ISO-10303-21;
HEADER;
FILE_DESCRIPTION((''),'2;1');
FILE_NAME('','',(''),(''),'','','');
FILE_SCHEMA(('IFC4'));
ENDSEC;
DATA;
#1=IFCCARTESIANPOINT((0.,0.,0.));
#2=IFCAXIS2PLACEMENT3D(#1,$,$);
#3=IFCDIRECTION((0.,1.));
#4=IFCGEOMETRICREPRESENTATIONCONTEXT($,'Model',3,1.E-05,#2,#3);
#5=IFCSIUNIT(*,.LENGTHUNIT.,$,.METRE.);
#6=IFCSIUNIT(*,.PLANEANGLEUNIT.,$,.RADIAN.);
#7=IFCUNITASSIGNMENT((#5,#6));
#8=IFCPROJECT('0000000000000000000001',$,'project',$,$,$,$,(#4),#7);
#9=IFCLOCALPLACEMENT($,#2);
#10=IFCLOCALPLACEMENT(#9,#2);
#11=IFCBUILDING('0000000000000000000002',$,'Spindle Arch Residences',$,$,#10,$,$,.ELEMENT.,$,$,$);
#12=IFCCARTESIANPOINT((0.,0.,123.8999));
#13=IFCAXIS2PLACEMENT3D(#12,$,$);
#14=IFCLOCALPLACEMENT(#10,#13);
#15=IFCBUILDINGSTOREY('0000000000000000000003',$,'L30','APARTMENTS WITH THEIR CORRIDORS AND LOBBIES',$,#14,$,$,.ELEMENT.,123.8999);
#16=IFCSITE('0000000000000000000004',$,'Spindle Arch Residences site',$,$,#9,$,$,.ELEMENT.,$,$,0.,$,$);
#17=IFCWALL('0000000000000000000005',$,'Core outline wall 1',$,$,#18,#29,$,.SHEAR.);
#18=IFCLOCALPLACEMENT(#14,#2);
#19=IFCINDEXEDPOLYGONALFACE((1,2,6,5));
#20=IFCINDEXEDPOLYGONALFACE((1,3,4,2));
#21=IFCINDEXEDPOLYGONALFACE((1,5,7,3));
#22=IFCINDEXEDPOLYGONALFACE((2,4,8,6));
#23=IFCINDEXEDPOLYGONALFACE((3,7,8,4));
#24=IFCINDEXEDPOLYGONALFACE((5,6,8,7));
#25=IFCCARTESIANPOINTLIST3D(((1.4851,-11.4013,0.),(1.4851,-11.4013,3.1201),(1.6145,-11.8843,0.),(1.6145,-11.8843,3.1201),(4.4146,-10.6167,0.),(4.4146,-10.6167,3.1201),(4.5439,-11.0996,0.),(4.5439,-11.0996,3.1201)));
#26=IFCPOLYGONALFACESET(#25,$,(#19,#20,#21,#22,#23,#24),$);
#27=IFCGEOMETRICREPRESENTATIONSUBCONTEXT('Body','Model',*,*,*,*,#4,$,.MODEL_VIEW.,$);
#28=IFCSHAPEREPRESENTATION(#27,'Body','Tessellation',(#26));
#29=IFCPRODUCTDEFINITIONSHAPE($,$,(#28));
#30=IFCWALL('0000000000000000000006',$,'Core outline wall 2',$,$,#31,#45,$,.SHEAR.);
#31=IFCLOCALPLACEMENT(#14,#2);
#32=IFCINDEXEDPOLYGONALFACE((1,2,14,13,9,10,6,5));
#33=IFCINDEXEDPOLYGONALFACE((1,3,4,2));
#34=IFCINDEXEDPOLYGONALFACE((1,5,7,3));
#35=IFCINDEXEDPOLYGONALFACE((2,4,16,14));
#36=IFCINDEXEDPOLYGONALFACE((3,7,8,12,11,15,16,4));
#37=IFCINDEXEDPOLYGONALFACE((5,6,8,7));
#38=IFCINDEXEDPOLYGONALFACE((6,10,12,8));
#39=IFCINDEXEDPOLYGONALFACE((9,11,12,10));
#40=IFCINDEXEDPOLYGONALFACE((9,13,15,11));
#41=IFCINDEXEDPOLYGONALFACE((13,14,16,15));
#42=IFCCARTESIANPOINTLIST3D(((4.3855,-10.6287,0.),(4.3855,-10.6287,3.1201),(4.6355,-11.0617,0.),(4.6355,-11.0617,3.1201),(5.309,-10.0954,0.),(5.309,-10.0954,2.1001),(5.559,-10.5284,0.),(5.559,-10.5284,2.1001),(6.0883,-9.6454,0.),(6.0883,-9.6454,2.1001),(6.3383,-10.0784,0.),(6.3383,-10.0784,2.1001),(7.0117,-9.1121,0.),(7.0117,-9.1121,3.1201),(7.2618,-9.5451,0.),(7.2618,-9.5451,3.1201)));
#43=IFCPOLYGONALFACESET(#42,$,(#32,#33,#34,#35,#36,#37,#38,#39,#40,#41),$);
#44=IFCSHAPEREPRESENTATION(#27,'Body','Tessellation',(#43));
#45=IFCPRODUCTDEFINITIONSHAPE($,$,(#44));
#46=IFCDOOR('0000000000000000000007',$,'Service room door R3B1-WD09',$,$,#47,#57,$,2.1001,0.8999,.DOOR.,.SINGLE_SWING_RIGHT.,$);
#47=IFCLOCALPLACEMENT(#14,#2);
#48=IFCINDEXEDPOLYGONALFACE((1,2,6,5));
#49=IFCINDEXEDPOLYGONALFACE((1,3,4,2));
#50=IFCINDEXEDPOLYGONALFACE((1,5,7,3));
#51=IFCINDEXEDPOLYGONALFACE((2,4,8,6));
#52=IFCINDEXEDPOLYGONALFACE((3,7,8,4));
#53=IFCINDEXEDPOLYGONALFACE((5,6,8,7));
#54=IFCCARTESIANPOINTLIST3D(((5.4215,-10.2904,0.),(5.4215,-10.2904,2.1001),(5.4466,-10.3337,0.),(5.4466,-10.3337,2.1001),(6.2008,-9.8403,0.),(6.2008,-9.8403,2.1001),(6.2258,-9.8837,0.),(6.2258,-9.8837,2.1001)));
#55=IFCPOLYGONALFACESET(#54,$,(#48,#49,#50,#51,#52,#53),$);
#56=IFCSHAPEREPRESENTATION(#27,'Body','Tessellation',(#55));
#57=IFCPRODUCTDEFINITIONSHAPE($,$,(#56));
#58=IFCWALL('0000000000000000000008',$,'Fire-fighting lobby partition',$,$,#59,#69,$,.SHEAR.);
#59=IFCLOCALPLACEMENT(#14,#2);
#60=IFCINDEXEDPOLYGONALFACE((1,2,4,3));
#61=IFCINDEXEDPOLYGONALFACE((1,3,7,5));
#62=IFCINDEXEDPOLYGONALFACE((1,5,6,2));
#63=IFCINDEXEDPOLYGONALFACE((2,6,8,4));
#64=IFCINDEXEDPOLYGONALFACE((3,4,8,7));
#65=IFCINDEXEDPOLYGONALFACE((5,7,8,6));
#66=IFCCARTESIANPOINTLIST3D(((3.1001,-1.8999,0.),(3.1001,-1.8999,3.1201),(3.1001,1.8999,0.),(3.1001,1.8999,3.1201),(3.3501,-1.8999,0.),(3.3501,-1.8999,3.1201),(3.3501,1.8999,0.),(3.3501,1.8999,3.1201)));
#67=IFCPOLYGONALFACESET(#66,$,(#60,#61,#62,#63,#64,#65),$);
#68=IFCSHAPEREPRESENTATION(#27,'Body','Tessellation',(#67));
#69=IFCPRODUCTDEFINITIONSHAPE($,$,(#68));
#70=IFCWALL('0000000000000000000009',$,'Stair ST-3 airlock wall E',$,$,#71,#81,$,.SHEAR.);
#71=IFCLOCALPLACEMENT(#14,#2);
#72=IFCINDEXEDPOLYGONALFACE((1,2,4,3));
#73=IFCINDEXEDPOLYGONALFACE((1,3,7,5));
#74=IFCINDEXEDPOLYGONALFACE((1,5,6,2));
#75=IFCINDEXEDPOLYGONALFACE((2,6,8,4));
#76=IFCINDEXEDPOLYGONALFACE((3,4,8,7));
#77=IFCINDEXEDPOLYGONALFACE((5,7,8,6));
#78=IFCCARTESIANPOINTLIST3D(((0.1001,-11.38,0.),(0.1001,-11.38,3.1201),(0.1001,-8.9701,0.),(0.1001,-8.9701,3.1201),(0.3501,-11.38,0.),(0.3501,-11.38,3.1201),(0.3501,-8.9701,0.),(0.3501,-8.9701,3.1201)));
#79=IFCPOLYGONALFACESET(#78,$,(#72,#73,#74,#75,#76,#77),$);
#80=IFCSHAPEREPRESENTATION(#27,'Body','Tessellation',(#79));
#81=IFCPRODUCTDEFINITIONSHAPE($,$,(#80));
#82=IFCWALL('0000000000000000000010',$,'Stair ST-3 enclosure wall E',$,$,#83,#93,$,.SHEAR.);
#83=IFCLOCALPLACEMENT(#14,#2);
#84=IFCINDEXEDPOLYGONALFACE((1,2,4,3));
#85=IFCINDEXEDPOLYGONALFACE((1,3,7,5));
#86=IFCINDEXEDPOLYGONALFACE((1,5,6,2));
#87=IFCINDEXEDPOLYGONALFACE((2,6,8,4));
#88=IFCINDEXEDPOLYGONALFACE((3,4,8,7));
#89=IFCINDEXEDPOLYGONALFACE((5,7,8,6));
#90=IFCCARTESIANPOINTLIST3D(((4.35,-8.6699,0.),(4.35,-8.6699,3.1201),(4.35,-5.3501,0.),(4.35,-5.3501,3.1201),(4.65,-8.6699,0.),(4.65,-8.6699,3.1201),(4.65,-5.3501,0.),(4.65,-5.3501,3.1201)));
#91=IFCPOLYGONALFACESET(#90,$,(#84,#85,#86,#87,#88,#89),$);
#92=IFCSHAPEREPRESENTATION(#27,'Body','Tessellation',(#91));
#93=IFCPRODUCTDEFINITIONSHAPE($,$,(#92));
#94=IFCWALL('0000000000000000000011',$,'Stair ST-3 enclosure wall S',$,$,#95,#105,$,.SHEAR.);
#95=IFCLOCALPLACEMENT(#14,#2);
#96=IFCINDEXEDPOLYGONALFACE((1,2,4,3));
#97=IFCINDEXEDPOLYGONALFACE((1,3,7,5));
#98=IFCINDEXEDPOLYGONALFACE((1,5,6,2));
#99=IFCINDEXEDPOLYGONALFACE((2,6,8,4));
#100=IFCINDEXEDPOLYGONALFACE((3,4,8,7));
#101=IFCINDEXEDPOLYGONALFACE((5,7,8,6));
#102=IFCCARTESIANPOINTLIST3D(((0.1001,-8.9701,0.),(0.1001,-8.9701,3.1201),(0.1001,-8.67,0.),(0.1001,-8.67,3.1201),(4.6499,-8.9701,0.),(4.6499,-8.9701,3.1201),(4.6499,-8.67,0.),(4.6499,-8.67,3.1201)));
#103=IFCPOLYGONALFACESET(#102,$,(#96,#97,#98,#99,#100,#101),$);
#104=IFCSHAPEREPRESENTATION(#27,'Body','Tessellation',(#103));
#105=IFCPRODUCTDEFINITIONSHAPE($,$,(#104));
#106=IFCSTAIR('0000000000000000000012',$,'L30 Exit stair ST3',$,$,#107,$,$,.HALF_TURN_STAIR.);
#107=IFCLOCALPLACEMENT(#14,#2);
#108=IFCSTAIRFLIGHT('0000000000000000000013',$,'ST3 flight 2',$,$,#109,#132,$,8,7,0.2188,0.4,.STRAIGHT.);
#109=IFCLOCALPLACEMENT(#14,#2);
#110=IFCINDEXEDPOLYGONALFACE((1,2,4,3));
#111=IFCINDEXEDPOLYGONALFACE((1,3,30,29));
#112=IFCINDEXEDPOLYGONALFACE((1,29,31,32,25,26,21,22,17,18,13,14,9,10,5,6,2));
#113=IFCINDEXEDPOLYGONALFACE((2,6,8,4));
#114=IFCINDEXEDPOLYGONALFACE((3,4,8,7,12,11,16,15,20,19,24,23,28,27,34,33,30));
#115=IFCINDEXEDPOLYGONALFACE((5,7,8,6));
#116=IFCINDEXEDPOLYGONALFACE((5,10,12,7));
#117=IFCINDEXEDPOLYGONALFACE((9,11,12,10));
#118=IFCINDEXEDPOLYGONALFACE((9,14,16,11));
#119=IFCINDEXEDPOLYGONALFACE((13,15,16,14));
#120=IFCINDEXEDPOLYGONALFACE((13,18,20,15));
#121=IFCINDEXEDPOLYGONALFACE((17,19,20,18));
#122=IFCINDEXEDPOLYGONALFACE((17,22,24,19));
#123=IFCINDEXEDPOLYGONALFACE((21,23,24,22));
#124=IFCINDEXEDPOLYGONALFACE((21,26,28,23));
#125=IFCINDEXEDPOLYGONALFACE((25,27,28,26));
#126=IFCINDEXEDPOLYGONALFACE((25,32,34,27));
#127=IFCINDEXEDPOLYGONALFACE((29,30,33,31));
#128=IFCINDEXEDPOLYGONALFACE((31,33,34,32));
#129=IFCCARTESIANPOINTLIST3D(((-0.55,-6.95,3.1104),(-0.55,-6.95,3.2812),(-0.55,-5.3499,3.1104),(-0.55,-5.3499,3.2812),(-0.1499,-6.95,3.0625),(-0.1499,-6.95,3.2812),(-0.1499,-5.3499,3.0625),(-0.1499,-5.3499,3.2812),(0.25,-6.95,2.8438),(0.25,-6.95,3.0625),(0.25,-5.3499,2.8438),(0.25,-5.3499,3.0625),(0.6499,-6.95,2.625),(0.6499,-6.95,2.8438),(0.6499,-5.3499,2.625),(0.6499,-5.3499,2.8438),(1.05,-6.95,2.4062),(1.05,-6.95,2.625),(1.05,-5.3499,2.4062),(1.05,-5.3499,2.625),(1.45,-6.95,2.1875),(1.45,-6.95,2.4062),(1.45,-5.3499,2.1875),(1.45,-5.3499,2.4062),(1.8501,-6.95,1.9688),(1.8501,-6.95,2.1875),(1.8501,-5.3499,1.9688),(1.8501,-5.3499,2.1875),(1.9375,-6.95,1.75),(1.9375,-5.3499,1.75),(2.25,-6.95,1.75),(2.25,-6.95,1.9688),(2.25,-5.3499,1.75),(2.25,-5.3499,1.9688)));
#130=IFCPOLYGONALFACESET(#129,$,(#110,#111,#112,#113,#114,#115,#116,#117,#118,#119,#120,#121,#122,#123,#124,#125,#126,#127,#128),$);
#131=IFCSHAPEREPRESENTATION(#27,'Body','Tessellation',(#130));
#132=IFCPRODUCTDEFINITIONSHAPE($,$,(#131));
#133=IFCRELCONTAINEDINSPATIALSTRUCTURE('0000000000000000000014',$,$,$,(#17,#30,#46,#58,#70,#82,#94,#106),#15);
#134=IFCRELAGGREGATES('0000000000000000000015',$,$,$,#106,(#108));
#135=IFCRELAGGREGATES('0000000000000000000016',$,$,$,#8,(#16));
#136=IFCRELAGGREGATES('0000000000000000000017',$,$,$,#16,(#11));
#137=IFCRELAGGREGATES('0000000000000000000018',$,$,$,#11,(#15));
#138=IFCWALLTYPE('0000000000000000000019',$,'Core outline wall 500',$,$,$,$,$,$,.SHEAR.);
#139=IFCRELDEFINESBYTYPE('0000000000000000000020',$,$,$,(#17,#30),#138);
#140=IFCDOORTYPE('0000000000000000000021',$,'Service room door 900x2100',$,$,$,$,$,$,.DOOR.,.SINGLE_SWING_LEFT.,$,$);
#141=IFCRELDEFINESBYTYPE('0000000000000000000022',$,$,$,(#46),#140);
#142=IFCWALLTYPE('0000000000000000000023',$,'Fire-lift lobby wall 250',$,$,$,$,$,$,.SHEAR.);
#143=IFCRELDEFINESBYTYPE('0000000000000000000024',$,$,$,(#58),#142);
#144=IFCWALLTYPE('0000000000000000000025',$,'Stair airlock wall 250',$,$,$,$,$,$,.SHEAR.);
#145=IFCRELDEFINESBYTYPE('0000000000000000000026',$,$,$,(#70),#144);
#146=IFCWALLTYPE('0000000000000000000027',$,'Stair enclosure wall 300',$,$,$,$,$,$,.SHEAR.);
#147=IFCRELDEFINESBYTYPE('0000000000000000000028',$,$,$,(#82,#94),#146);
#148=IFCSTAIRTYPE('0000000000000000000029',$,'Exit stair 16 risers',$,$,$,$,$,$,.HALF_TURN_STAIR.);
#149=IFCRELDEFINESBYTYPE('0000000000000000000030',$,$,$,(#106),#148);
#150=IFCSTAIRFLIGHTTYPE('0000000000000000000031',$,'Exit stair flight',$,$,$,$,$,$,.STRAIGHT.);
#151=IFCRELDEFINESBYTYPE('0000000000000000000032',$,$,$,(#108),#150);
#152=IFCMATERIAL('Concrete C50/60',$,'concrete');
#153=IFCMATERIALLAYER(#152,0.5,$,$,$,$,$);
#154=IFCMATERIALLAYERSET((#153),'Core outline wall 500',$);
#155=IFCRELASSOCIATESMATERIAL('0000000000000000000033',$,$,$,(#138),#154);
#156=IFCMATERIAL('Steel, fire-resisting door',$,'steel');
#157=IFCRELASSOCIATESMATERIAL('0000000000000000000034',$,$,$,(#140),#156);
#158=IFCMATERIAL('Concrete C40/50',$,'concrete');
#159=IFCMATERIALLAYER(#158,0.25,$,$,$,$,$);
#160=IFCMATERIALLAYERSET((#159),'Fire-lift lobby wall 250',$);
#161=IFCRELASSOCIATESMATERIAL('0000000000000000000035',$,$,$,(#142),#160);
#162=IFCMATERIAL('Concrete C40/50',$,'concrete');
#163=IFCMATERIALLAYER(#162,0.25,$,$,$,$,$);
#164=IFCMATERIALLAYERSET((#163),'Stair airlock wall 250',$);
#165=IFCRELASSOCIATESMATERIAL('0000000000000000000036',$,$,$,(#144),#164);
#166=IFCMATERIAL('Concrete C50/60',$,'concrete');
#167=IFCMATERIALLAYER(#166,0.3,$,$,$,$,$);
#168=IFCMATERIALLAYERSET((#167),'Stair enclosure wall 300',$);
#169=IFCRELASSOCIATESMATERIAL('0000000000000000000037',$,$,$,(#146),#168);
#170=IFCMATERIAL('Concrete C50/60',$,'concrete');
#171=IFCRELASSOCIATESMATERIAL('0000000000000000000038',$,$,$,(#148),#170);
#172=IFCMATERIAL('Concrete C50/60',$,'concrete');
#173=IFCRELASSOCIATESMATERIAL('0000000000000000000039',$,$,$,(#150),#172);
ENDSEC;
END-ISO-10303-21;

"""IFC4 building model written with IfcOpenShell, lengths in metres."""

from ifc_helpers import new_model, si_unit, direction, frame, frame_2d, origin, place, context, subcontext, project, spatial, polyline, rectangle, outline, extrude, material, layer, layer_set, type_object, element, fill, aggregate, save


model = new_model("IFC4")

# Units and contexts
model_context = context("Model", 3, precision=1e-05, world=origin(), true_north=direction((0.0, 1.0)))
body_context = subcontext(model_context, "Body", "Model", "MODEL_VIEW")
ifc_project = project(units=[si_unit("LENGTHUNIT", "METRE"), si_unit("PLANEANGLEUNIT", "RADIAN")], contexts=[model_context])

# Site, building, storey
site_placement = place(None, origin())
site = spatial("IfcSite", under=ifc_project, at=site_placement, Name="Spindle Arch Residences site", CompositionType="ELEMENT", RefElevation=0.0)
building_placement = place(site_placement, origin())
building = spatial("IfcBuilding", under=site, at=building_placement, Name="Spindle Arch Residences", CompositionType="ELEMENT")
storey_placement = place(building_placement, frame((0.0, 0.0, 123.8999)))
storey = spatial("IfcBuildingStorey", under=building, at=storey_placement, Name="L30", Description="APARTMENTS WITH THEIR CORRIDORS AND LOBBIES", CompositionType="ELEMENT", Elevation=123.8999)

# Wall
ifc_material_1 = material(Name="Concrete C50/60", Category="concrete")
ifc_layer_1 = layer(ifc_material_1, 0.5)
ifc_layer_set_1 = layer_set([ifc_layer_1], Name="Core outline wall 500")
wall_type_1 = type_object("IfcWallType", Name="Core outline wall 500", PredefinedType="SHEAR", material=ifc_layer_set_1)
wall_1_placement = place(storey_placement, frame((1.5498, -11.6428, 0.0), z_axis=(0.0, 0.0, 1.0), x_axis=(0.965948, 0.258735, 0.0)))
element("IfcWall", 1, at=wall_1_placement, inside=storey, type_object=wall_type_1, Name="Core outline wall 1", PredefinedType="SHEAR", context=body_context, shape_type="SweptSolid", body=[
    extrude(rectangle(XDim=3.0327, YDim=0.5, at=frame_2d((1.5164, 0.0))), origin(), (0.0, 0.0, 1.0), 3.1201),
])

# Wall, opening, door
wall_2_placement = place(storey_placement, frame((4.5105, -10.8452, 0.0), z_axis=(0.0, 0.0, 1.0), x_axis=(0.865975, 0.500087, 0.0)))
wall_2 = element("IfcWall", 2, at=wall_2_placement, inside=storey, type_object=wall_type_1, Name="Core outline wall 2", PredefinedType="SHEAR", context=body_context, shape_type="SweptSolid", body=[
    extrude(rectangle(XDim=3.0327, YDim=0.5, at=frame_2d((1.5164, 0.0))), origin(), (0.0, 0.0, 1.0), 3.1201),
])
opening_1_placement = place(wall_2_placement, frame((1.0664, 0.0, 0.0)))
opening_1 = element("IfcOpeningElement", 3, at=opening_1_placement, cuts=wall_2, PredefinedType="OPENING", context=body_context, shape_type="SweptSolid", body=[
    extrude(rectangle(XDim=0.8999, YDim=2.1001, at=frame_2d((0.45, 1.05))), frame((0.0, 0.26, 0.0), z_axis=(0.0, -1.0, 0.0), x_axis=(1.0, 0.0, 0.0)), (0.0, 0.0, 1.0), 0.52),
])
ifc_material_2 = material(Name="Steel, fire-resisting door", Category="steel")
door_type_1 = type_object("IfcDoorType", Name="Service room door 900x2100", OperationType="SINGLE_SWING_LEFT", PredefinedType="DOOR", material=ifc_material_2)
door_1_placement = place(opening_1_placement, origin())
door_1 = element("IfcDoor", 4, at=door_1_placement, inside=storey, type_object=door_type_1, Name="Service room door R3B1-WD09", OperationType="SINGLE_SWING_RIGHT", OverallHeight=2.1001, OverallWidth=0.8999, PredefinedType="DOOR", context=body_context, shape_type="SweptSolid", body=[
    extrude(rectangle(XDim=0.8999, YDim=2.1001, at=frame_2d((0.45, 1.05))), frame((0.0, 0.0249, 0.0), z_axis=(0.0, -1.0, 0.0), x_axis=(1.0, 0.0, 0.0)), (0.0, 0.0, 1.0), 0.05),
])
fill(opening_1, door_1)

# Wall
ifc_material_3 = material(Name="Concrete C40/50", Category="concrete")
ifc_layer_2 = layer(ifc_material_3, 0.25)
ifc_layer_set_2 = layer_set([ifc_layer_2], Name="Fire-lift lobby wall 250")
wall_type_2 = type_object("IfcWallType", Name="Fire-lift lobby wall 250", PredefinedType="SHEAR", material=ifc_layer_set_2)
wall_3_placement = place(storey_placement, frame((3.2251, -1.8999, 0.0), z_axis=(0.0, 0.0, 1.0), x_axis=(0.0, 1.0, 0.0)))
element("IfcWall", 5, at=wall_3_placement, inside=storey, type_object=wall_type_2, Name="Fire-fighting lobby partition", PredefinedType="SHEAR", context=body_context, shape_type="SweptSolid", body=[
    extrude(rectangle(XDim=3.7998, YDim=0.25, at=frame_2d((1.8999, 0.0))), origin(), (0.0, 0.0, 1.0), 3.1201),
])

# Walls
ifc_material_4 = material(Name="Concrete C40/50", Category="concrete")
ifc_layer_3 = layer(ifc_material_4, 0.25)
ifc_layer_set_3 = layer_set([ifc_layer_3], Name="Stair airlock wall 250")
wall_type_3 = type_object("IfcWallType", Name="Stair airlock wall 250", PredefinedType="SHEAR", material=ifc_layer_set_3)
wall_4_placement = place(storey_placement, frame((0.2251, -8.97, 0.0), z_axis=(0.0, 0.0, 1.0), x_axis=(0.0, -1.0, 0.0)))
element("IfcWall", 6, at=wall_4_placement, inside=storey, type_object=wall_type_3, Name="Stair ST-3 airlock wall E", PredefinedType="SHEAR", context=body_context, shape_type="SweptSolid", body=[
    extrude(rectangle(XDim=2.4099, YDim=0.25, at=frame_2d((1.2051, 0.0))), origin(), (0.0, 0.0, 1.0), 3.1201),
])
ifc_material_5 = material(Name="Concrete C50/60", Category="concrete")
ifc_layer_4 = layer(ifc_material_5, 0.3)
ifc_layer_set_4 = layer_set([ifc_layer_4], Name="Stair enclosure wall 300")
wall_type_4 = type_object("IfcWallType", Name="Stair enclosure wall 300", PredefinedType="SHEAR", material=ifc_layer_set_4)
wall_5_placement = place(storey_placement, frame((4.5, -8.6699, 0.0), z_axis=(0.0, 0.0, 1.0), x_axis=(0.0, 1.0, 0.0)))
element("IfcWall", 7, at=wall_5_placement, inside=storey, type_object=wall_type_4, Name="Stair ST-3 enclosure wall E", PredefinedType="SHEAR", context=body_context, shape_type="SweptSolid", body=[
    extrude(rectangle(XDim=3.3198, YDim=0.3, at=frame_2d((1.6599, 0.0))), origin(), (0.0, 0.0, 1.0), 3.1201),
])
wall_6_placement = place(storey_placement, frame((0.1001, -8.8201, 0.0), z_axis=(0.0, 0.0, 1.0), x_axis=(1.0, 0.0, 0.0)))
element("IfcWall", 8, at=wall_6_placement, inside=storey, type_object=wall_type_4, Name="Stair ST-3 enclosure wall S", PredefinedType="SHEAR", context=body_context, shape_type="SweptSolid", body=[
    extrude(rectangle(XDim=4.5498, YDim=0.3, at=frame_2d((2.2749, 0.0))), origin(), (0.0, 0.0, 1.0), 3.1201),
])

# Stair, stair flight
ifc_material_6 = material(Name="Concrete C50/60", Category="concrete")
stair_type = type_object("IfcStairType", Name="Exit stair 16 risers", PredefinedType="HALF_TURN_STAIR", material=ifc_material_6)
stair_placement = place(storey_placement, origin())
stair = element("IfcStair", 9, at=stair_placement, inside=storey, type_object=stair_type, Name="L30 Exit stair ST3", PredefinedType="HALF_TURN_STAIR")
ifc_material_7 = material(Name="Concrete C50/60", Category="concrete")
stair_flight_type = type_object("IfcStairFlightType", Name="Exit stair flight", PredefinedType="STRAIGHT", material=ifc_material_7)
stair_flight_placement = place(storey_placement, frame((2.25, -6.1499, 1.75), z_axis=(0.0, 0.0, 1.0), x_axis=(-1.0, 0.0, 0.0)))
stair_flight = element("IfcStairFlight", 10, at=stair_flight_placement, type_object=stair_flight_type, Name="ST3 flight 2", NumberOfRisers=8, NumberOfTreads=7, PredefinedType="STRAIGHT", RiserHeight=0.2188, TreadLength=0.4, context=body_context, shape_type="SweptSolid", body=[
    extrude(outline(polyline([(0.0, 0.0), (0.0, 0.2188), (0.3999, 0.2188), (0.3999, 0.4375), (0.8, 0.4375), (0.8, 0.6562), (1.2, 0.6562), (1.2, 0.875), (1.6001, 0.875), (1.6001, 1.0938), (2.0, 1.0938), (2.0, 1.3125), (2.3999, 1.3125), (2.3999, 1.5312), (2.8, 1.5312), (2.8, 1.75), (2.8, 1.3604), (0.3125, 0.0), (0.0, 0.0)])), frame((0.0, 0.8, 0.0), z_axis=(0.0, -1.0, 0.0), x_axis=(1.0, 0.0, 0.0)), (0.0, 0.0, 1.0), 1.6001),
])
aggregate(stair, [stair_flight])

save(model, "model.ifc")
